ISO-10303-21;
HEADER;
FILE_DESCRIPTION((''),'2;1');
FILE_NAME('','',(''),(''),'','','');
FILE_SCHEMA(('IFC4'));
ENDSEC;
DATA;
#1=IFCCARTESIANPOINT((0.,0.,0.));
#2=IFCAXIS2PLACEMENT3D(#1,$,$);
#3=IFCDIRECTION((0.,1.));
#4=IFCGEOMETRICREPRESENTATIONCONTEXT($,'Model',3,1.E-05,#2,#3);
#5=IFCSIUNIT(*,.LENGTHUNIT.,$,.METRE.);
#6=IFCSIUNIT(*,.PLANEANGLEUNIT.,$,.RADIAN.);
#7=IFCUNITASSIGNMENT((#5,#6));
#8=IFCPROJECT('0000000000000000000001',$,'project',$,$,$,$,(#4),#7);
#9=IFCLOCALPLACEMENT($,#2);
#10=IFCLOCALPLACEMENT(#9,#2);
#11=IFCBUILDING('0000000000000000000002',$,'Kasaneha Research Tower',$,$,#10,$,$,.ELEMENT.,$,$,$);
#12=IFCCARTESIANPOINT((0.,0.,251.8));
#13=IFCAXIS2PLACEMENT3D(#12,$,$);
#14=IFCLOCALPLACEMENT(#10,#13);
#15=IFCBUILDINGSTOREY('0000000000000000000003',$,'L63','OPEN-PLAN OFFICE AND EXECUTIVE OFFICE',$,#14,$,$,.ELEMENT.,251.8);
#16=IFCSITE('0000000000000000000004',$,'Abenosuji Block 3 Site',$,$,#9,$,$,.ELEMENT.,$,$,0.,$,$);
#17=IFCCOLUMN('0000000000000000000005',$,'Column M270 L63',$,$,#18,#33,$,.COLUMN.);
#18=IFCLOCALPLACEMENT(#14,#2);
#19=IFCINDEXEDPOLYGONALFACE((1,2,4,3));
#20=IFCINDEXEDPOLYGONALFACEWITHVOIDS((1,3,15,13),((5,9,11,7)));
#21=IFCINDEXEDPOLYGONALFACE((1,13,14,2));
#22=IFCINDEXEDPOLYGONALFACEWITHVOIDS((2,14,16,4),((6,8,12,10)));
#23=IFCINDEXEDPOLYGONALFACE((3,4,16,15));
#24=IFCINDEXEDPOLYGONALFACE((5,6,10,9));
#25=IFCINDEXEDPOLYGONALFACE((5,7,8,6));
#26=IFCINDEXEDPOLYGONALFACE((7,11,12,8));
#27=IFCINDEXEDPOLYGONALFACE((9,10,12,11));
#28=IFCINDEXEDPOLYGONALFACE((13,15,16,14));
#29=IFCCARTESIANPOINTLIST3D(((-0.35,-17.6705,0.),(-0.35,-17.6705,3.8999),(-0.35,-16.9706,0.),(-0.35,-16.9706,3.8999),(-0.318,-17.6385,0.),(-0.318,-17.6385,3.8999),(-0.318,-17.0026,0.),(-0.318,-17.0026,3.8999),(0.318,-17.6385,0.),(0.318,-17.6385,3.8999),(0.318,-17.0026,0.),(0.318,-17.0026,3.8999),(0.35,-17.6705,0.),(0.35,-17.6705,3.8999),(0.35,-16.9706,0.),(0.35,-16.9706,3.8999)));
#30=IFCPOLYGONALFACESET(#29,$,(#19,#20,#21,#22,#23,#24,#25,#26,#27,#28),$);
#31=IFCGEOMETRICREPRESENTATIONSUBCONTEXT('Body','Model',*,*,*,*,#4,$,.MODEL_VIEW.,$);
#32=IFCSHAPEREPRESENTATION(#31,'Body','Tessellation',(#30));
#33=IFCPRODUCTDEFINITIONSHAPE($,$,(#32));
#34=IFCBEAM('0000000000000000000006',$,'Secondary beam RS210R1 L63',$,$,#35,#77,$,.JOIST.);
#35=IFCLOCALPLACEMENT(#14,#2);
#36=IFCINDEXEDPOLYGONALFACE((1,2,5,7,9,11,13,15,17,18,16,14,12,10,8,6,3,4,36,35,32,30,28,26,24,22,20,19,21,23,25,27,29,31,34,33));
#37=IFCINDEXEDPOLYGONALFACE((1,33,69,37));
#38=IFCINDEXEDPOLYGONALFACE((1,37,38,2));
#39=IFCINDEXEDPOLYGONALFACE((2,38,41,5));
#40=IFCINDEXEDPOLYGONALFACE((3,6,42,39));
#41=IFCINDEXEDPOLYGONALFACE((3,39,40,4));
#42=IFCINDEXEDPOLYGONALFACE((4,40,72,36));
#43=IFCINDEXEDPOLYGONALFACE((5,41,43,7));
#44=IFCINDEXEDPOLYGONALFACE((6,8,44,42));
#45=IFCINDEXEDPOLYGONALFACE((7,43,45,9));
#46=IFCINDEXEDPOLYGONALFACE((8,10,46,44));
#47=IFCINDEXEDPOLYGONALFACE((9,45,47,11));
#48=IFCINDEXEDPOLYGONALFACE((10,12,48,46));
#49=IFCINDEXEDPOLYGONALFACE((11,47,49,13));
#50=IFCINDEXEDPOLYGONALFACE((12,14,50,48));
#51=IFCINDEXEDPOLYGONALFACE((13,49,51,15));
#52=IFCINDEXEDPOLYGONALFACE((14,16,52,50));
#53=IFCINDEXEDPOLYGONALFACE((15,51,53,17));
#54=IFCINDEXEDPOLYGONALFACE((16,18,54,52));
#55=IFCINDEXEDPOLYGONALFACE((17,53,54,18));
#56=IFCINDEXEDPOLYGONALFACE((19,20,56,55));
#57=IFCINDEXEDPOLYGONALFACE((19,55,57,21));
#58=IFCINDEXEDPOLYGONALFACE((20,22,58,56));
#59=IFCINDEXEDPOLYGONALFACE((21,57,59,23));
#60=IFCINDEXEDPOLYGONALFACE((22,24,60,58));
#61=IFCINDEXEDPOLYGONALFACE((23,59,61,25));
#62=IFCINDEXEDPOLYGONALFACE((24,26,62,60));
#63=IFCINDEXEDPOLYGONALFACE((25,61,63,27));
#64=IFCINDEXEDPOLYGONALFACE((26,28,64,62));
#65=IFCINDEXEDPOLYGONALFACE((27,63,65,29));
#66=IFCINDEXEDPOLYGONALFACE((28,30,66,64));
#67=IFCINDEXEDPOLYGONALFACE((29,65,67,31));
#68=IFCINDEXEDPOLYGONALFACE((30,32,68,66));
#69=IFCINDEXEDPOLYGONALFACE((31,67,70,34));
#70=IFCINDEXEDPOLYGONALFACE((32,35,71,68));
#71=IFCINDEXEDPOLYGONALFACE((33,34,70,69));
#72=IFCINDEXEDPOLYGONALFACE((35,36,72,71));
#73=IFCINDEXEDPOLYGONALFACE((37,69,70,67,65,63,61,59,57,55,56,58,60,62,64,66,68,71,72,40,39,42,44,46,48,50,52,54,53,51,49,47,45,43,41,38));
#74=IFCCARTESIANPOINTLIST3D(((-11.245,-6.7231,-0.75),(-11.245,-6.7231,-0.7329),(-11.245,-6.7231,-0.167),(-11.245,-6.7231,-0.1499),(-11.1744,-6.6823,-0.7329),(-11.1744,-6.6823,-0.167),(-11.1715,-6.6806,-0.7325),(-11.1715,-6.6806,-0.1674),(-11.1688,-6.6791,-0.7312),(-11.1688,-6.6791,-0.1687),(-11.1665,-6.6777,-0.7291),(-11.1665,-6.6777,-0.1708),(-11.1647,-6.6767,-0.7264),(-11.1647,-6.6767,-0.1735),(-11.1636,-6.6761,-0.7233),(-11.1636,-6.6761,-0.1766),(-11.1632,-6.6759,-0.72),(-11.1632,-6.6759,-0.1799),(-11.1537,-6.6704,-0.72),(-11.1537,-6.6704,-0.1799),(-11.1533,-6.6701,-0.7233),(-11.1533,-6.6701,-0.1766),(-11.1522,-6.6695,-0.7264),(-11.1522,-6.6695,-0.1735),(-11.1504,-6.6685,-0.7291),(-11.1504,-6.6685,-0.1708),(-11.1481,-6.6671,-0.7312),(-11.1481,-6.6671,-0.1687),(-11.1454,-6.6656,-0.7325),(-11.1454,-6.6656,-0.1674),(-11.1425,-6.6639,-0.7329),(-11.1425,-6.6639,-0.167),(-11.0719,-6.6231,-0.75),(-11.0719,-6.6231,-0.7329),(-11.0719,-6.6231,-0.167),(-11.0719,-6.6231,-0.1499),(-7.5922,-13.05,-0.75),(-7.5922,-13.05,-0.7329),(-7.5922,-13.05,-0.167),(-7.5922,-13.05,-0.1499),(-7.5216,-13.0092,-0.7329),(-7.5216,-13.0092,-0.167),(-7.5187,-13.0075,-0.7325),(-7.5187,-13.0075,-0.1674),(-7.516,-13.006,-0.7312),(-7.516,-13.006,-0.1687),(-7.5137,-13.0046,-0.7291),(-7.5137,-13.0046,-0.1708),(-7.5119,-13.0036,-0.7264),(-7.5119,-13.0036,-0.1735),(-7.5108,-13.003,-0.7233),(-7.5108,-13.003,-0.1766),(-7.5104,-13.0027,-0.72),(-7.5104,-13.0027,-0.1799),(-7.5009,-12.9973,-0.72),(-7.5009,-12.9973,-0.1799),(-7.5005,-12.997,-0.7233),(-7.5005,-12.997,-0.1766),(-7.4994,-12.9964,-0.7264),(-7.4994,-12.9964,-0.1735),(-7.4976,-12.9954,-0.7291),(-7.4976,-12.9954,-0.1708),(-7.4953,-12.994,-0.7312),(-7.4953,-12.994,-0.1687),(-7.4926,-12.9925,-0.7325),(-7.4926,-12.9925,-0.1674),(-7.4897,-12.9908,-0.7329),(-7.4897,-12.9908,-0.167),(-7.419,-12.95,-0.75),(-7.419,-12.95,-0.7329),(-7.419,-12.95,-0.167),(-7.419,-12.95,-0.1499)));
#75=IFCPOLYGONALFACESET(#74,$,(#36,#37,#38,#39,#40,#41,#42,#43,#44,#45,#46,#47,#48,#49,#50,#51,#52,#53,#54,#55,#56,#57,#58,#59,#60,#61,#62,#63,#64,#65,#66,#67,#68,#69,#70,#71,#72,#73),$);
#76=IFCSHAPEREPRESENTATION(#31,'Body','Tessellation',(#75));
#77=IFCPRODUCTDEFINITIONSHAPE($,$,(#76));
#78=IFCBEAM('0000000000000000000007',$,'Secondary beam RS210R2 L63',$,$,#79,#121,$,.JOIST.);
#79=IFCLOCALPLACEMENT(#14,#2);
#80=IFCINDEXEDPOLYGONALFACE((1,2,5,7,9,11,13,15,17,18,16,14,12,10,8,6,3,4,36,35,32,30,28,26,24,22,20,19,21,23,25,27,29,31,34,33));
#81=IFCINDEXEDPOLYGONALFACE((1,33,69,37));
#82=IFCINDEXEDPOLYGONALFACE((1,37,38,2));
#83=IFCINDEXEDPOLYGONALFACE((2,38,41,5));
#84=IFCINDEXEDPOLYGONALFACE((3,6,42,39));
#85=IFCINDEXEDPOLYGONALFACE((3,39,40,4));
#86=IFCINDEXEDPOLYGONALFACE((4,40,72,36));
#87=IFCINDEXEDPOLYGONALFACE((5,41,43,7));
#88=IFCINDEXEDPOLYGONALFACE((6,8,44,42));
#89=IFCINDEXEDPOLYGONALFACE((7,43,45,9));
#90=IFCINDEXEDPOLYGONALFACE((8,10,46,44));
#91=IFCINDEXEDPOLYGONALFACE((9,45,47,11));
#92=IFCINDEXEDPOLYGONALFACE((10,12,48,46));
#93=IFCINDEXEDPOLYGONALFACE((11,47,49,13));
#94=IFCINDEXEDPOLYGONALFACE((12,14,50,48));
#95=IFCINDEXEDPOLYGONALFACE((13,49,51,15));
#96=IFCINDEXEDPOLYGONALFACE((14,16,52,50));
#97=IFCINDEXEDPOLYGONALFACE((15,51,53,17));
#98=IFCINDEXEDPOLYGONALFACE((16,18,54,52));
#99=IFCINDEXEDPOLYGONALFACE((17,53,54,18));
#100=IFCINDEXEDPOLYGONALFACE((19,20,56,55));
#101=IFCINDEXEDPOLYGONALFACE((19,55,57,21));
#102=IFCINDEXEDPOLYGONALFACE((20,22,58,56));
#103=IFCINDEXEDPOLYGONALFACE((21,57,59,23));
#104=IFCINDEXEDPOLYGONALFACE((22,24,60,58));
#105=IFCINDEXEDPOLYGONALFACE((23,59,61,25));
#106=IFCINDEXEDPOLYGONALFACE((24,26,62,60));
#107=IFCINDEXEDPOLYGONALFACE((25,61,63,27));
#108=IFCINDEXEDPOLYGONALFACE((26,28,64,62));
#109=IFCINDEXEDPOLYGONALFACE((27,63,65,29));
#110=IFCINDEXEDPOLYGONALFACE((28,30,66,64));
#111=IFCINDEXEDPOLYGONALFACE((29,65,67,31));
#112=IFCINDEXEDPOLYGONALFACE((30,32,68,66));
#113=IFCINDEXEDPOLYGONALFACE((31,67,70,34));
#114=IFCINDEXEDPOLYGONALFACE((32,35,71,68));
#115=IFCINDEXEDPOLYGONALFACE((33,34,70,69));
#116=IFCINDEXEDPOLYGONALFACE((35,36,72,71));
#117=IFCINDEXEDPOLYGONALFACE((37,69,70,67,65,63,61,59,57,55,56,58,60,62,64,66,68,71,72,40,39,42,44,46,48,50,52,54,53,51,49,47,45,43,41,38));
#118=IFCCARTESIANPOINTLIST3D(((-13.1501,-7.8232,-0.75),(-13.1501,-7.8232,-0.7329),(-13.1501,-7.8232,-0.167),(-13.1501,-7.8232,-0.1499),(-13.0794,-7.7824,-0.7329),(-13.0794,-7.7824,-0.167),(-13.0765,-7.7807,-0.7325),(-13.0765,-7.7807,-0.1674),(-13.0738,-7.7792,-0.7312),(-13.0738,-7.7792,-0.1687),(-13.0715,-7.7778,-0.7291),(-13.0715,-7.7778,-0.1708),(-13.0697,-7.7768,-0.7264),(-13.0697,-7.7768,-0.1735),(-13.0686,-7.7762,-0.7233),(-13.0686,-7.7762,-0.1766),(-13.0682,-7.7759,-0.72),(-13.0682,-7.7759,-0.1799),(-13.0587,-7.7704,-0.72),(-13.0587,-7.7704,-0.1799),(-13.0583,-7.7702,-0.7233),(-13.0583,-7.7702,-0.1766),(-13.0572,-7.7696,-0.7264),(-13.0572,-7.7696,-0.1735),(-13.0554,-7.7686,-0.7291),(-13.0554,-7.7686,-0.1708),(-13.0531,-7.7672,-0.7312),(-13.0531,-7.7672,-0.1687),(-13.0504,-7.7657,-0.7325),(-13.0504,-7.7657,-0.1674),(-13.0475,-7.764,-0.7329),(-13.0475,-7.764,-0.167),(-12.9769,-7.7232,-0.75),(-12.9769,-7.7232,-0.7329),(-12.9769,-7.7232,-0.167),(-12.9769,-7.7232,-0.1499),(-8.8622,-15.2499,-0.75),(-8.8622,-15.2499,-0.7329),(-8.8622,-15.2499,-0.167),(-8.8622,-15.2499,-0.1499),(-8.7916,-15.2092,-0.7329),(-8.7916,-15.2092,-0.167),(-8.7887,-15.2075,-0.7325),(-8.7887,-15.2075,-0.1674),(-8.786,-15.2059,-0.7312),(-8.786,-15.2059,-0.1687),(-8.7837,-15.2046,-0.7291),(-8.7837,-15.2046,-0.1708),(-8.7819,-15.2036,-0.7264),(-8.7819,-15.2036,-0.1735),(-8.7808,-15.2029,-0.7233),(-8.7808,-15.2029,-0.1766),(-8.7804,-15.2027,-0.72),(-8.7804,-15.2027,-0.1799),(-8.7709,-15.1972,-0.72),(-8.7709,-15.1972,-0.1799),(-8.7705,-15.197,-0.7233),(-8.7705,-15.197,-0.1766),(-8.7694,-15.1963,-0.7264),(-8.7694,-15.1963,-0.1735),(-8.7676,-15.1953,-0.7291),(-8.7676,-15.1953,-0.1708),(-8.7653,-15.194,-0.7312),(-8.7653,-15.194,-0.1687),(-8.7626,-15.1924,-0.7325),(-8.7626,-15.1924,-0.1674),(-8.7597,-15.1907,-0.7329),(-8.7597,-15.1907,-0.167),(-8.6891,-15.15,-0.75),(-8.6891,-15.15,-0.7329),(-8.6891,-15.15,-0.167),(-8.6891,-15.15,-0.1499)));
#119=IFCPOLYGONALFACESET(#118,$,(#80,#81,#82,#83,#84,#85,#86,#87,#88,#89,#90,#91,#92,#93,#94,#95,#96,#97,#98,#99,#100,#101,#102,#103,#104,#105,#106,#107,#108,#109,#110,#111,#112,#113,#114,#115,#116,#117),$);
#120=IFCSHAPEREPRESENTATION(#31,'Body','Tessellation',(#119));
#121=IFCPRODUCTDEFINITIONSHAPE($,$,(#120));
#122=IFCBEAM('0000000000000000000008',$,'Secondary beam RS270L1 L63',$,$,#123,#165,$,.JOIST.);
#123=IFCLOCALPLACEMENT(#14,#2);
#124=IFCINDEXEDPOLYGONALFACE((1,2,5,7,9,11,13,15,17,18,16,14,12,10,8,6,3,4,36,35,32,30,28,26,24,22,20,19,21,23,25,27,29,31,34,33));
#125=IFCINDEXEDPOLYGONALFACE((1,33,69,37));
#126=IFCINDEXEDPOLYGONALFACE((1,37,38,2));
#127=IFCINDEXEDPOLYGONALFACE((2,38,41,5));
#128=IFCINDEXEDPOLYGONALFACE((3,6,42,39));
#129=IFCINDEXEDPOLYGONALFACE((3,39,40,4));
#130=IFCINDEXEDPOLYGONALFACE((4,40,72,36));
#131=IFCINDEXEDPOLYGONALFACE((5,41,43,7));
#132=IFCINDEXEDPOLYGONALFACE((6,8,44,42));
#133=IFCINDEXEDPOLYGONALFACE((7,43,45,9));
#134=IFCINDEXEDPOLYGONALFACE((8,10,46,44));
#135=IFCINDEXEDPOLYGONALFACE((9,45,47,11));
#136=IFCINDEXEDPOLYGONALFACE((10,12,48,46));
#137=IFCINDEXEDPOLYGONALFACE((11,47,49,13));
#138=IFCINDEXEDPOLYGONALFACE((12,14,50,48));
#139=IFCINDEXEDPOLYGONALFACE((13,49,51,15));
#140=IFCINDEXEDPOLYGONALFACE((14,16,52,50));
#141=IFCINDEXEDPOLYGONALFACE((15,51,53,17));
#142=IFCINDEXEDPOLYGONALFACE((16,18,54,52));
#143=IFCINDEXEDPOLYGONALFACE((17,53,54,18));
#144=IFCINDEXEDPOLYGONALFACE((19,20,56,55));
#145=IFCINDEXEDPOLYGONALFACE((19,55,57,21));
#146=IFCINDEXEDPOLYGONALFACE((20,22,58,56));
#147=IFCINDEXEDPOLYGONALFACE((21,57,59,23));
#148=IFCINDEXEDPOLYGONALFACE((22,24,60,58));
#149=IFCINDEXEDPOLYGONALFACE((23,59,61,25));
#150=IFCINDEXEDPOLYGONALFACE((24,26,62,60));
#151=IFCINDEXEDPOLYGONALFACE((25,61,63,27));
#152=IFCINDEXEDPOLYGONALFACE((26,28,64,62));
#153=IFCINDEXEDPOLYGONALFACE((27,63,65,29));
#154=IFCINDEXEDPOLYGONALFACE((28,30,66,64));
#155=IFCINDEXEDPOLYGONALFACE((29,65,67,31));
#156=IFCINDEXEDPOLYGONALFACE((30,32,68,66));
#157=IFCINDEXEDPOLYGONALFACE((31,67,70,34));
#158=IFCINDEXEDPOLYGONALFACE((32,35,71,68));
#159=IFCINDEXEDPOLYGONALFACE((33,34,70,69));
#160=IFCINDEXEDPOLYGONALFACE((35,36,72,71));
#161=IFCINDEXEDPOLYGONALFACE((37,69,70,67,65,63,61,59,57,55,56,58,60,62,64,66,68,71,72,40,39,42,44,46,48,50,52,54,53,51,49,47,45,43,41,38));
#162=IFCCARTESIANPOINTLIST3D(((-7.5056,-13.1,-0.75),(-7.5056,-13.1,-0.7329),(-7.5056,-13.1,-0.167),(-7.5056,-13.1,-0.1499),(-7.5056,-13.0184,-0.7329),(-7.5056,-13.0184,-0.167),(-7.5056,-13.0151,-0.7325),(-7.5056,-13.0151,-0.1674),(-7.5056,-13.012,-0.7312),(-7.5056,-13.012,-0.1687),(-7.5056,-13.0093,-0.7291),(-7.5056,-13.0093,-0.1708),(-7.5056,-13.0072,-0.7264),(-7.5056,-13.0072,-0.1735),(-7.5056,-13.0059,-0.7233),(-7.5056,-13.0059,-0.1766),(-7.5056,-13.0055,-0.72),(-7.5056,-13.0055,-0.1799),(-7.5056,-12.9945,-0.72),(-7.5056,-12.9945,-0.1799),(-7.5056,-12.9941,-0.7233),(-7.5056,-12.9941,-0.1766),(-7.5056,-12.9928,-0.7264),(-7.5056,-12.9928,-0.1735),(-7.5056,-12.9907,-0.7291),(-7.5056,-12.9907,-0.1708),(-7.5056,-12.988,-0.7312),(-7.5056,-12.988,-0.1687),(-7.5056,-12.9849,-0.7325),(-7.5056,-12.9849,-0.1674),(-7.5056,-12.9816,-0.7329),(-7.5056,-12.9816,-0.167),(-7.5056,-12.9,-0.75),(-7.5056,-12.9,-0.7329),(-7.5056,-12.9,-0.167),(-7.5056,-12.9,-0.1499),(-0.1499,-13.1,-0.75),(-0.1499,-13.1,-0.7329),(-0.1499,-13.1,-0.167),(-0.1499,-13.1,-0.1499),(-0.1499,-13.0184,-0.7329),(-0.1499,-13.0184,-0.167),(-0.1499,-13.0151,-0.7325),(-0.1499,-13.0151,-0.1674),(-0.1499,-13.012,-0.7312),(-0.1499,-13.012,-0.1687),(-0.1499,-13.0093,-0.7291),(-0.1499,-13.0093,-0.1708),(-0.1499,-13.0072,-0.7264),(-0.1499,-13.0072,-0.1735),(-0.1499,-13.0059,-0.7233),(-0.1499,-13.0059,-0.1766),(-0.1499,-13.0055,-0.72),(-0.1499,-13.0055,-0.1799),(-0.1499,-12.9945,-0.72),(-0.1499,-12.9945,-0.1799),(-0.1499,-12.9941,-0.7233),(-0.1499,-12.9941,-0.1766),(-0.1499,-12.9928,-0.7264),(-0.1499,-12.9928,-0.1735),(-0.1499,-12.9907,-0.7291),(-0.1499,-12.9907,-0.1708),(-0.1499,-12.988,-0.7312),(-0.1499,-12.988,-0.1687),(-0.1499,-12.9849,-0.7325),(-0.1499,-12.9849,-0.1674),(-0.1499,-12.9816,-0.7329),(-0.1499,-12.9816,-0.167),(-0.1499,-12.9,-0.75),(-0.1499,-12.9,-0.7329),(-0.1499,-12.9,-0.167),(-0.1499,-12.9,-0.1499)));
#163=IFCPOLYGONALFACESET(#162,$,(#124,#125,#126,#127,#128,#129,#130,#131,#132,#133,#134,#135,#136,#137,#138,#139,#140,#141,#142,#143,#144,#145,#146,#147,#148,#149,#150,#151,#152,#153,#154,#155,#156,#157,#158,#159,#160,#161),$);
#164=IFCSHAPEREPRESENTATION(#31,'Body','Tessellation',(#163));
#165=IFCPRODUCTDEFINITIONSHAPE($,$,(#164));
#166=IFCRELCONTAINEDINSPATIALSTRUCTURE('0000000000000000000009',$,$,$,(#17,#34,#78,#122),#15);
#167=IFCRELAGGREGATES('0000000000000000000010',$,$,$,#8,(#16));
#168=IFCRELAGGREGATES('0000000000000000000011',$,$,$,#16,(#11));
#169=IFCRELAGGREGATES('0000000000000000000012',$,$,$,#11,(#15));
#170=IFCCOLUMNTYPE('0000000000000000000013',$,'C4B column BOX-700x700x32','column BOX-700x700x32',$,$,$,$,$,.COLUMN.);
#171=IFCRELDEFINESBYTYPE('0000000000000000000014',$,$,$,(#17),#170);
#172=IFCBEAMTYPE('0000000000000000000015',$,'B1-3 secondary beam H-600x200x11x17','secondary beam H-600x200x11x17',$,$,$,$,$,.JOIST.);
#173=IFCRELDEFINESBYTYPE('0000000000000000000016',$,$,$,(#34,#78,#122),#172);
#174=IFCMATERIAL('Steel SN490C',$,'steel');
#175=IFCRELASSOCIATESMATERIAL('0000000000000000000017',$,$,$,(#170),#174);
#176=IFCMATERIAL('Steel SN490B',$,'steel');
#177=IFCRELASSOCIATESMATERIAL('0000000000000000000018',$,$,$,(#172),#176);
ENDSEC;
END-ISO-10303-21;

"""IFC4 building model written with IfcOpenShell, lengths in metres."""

from ifc_helpers import new_model, si_unit, direction, frame, origin, origin_2d, place, context, subcontext, project, spatial, hollow_rectangle, i_section, extrude, material, material_profile, profile_set, type_object, element, save


model = new_model("IFC4")

# Units and contexts
model_context = context("Model", 3, precision=1e-05, world=origin(), true_north=direction((0.0, 1.0)))
body_context = subcontext(model_context, "Body", "Model", "MODEL_VIEW")
ifc_project = project(units=[si_unit("LENGTHUNIT", "METRE"), si_unit("PLANEANGLEUNIT", "RADIAN")], contexts=[model_context])

# Site, building, storey
site_placement = place(None, origin())
site = spatial("IfcSite", under=ifc_project, at=site_placement, Name="Abenosuji Block 3 Site", CompositionType="ELEMENT", RefElevation=0.0)
building_placement = place(site_placement, origin())
building = spatial("IfcBuilding", under=site, at=building_placement, Name="Kasaneha Research Tower", CompositionType="ELEMENT")
storey_placement = place(building_placement, frame((0.0, 0.0, 251.8)))
storey = spatial("IfcBuildingStorey", under=building, at=storey_placement, Name="L63", Description="OPEN-PLAN OFFICE AND EXECUTIVE OFFICE", CompositionType="ELEMENT", Elevation=251.8)

# Column
ifc_material_1 = material(Name="Steel SN490C", Category="steel")
ifc_material_profile_1 = material_profile(ifc_material_1, hollow_rectangle(XDim=0.7, YDim=0.7, WallThickness=0.032, at=origin_2d()), Name="BOX-700x700x32")
ifc_profile_set_1 = profile_set([ifc_material_profile_1], Name="Steel SN490C")
column_type = type_object("IfcColumnType", Name="C4B column BOX-700x700x32", Description="column BOX-700x700x32", PredefinedType="COLUMN", material=ifc_profile_set_1)
column_placement = place(storey_placement, frame((0.0, -17.3206, 0.0), z_axis=(0.0, 0.0, 1.0), x_axis=(1.0, 0.0, 0.0)))
element("IfcColumn", 1, at=column_placement, inside=storey, type_object=column_type, Name="Column M270 L63", PredefinedType="COLUMN", context=body_context, shape_type="SweptSolid", body=[
    extrude(hollow_rectangle(XDim=0.7, YDim=0.7, WallThickness=0.032, at=origin_2d()), origin(), (0.0, 0.0, 1.0), 3.8999),
])

# Beams
ifc_material_2 = material(Name="Steel SN490B", Category="steel")
ifc_material_profile_2 = material_profile(ifc_material_2, i_section(OverallWidth=0.2, OverallDepth=0.6001, WebThickness=0.011, FlangeThickness=0.0171, FilletRadius=0.0129, at=origin_2d()), Name="H-600x200x11x17")
ifc_profile_set_2 = profile_set([ifc_material_profile_2], Name="Steel SN490B")
beam_type_1 = type_object("IfcBeamType", Name="B1-3 secondary beam H-600x200x11x17", Description="secondary beam H-600x200x11x17", PredefinedType="JOIST", material=ifc_profile_set_2)
beam_1_placement = place(storey_placement, frame((-7.5056, -13.0, -0.45), z_axis=(-0.499999, 0.866026, 0.0), x_axis=(-0.866026, -0.499999, 0.0)))
element("IfcBeam", 2, at=beam_1_placement, inside=storey, type_object=beam_type_1, Name="Secondary beam RS210R1 L63", PredefinedType="JOIST", context=body_context, shape_type="SweptSolid", body=[
    extrude(i_section(OverallWidth=0.2, OverallDepth=0.6001, WebThickness=0.011, FlangeThickness=0.0171, FilletRadius=0.0129, at=origin_2d()), origin(), (0.0, 0.0, 1.0), 7.3057),
])
beam_2_placement = place(storey_placement, frame((-8.7756, -15.2, -0.45), z_axis=(-0.5, 0.866025, 0.0), x_axis=(-0.866025, -0.5, 0.0)))
element("IfcBeam", 3, at=beam_2_placement, inside=storey, type_object=beam_type_1, Name="Secondary beam RS210R2 L63", PredefinedType="JOIST", context=body_context, shape_type="SweptSolid", body=[
    extrude(i_section(OverallWidth=0.2, OverallDepth=0.6001, WebThickness=0.011, FlangeThickness=0.0171, FilletRadius=0.0129, at=origin_2d()), origin(), (0.0, 0.0, 1.0), 8.5757),
])
beam_3_placement = place(storey_placement, frame((-7.5056, -13.0, -0.45), z_axis=(1.0, 0.0, 0.0), x_axis=(0.0, 1.0, 0.0)))
element("IfcBeam", 4, at=beam_3_placement, inside=storey, type_object=beam_type_1, Name="Secondary beam RS270L1 L63", PredefinedType="JOIST", context=body_context, shape_type="SweptSolid", body=[
    extrude(i_section(OverallWidth=0.2, OverallDepth=0.6001, WebThickness=0.011, FlangeThickness=0.0171, FilletRadius=0.0129, at=origin_2d()), origin(), (0.0, 0.0, 1.0), 7.3557),
])

save(model, "model.ifc")
